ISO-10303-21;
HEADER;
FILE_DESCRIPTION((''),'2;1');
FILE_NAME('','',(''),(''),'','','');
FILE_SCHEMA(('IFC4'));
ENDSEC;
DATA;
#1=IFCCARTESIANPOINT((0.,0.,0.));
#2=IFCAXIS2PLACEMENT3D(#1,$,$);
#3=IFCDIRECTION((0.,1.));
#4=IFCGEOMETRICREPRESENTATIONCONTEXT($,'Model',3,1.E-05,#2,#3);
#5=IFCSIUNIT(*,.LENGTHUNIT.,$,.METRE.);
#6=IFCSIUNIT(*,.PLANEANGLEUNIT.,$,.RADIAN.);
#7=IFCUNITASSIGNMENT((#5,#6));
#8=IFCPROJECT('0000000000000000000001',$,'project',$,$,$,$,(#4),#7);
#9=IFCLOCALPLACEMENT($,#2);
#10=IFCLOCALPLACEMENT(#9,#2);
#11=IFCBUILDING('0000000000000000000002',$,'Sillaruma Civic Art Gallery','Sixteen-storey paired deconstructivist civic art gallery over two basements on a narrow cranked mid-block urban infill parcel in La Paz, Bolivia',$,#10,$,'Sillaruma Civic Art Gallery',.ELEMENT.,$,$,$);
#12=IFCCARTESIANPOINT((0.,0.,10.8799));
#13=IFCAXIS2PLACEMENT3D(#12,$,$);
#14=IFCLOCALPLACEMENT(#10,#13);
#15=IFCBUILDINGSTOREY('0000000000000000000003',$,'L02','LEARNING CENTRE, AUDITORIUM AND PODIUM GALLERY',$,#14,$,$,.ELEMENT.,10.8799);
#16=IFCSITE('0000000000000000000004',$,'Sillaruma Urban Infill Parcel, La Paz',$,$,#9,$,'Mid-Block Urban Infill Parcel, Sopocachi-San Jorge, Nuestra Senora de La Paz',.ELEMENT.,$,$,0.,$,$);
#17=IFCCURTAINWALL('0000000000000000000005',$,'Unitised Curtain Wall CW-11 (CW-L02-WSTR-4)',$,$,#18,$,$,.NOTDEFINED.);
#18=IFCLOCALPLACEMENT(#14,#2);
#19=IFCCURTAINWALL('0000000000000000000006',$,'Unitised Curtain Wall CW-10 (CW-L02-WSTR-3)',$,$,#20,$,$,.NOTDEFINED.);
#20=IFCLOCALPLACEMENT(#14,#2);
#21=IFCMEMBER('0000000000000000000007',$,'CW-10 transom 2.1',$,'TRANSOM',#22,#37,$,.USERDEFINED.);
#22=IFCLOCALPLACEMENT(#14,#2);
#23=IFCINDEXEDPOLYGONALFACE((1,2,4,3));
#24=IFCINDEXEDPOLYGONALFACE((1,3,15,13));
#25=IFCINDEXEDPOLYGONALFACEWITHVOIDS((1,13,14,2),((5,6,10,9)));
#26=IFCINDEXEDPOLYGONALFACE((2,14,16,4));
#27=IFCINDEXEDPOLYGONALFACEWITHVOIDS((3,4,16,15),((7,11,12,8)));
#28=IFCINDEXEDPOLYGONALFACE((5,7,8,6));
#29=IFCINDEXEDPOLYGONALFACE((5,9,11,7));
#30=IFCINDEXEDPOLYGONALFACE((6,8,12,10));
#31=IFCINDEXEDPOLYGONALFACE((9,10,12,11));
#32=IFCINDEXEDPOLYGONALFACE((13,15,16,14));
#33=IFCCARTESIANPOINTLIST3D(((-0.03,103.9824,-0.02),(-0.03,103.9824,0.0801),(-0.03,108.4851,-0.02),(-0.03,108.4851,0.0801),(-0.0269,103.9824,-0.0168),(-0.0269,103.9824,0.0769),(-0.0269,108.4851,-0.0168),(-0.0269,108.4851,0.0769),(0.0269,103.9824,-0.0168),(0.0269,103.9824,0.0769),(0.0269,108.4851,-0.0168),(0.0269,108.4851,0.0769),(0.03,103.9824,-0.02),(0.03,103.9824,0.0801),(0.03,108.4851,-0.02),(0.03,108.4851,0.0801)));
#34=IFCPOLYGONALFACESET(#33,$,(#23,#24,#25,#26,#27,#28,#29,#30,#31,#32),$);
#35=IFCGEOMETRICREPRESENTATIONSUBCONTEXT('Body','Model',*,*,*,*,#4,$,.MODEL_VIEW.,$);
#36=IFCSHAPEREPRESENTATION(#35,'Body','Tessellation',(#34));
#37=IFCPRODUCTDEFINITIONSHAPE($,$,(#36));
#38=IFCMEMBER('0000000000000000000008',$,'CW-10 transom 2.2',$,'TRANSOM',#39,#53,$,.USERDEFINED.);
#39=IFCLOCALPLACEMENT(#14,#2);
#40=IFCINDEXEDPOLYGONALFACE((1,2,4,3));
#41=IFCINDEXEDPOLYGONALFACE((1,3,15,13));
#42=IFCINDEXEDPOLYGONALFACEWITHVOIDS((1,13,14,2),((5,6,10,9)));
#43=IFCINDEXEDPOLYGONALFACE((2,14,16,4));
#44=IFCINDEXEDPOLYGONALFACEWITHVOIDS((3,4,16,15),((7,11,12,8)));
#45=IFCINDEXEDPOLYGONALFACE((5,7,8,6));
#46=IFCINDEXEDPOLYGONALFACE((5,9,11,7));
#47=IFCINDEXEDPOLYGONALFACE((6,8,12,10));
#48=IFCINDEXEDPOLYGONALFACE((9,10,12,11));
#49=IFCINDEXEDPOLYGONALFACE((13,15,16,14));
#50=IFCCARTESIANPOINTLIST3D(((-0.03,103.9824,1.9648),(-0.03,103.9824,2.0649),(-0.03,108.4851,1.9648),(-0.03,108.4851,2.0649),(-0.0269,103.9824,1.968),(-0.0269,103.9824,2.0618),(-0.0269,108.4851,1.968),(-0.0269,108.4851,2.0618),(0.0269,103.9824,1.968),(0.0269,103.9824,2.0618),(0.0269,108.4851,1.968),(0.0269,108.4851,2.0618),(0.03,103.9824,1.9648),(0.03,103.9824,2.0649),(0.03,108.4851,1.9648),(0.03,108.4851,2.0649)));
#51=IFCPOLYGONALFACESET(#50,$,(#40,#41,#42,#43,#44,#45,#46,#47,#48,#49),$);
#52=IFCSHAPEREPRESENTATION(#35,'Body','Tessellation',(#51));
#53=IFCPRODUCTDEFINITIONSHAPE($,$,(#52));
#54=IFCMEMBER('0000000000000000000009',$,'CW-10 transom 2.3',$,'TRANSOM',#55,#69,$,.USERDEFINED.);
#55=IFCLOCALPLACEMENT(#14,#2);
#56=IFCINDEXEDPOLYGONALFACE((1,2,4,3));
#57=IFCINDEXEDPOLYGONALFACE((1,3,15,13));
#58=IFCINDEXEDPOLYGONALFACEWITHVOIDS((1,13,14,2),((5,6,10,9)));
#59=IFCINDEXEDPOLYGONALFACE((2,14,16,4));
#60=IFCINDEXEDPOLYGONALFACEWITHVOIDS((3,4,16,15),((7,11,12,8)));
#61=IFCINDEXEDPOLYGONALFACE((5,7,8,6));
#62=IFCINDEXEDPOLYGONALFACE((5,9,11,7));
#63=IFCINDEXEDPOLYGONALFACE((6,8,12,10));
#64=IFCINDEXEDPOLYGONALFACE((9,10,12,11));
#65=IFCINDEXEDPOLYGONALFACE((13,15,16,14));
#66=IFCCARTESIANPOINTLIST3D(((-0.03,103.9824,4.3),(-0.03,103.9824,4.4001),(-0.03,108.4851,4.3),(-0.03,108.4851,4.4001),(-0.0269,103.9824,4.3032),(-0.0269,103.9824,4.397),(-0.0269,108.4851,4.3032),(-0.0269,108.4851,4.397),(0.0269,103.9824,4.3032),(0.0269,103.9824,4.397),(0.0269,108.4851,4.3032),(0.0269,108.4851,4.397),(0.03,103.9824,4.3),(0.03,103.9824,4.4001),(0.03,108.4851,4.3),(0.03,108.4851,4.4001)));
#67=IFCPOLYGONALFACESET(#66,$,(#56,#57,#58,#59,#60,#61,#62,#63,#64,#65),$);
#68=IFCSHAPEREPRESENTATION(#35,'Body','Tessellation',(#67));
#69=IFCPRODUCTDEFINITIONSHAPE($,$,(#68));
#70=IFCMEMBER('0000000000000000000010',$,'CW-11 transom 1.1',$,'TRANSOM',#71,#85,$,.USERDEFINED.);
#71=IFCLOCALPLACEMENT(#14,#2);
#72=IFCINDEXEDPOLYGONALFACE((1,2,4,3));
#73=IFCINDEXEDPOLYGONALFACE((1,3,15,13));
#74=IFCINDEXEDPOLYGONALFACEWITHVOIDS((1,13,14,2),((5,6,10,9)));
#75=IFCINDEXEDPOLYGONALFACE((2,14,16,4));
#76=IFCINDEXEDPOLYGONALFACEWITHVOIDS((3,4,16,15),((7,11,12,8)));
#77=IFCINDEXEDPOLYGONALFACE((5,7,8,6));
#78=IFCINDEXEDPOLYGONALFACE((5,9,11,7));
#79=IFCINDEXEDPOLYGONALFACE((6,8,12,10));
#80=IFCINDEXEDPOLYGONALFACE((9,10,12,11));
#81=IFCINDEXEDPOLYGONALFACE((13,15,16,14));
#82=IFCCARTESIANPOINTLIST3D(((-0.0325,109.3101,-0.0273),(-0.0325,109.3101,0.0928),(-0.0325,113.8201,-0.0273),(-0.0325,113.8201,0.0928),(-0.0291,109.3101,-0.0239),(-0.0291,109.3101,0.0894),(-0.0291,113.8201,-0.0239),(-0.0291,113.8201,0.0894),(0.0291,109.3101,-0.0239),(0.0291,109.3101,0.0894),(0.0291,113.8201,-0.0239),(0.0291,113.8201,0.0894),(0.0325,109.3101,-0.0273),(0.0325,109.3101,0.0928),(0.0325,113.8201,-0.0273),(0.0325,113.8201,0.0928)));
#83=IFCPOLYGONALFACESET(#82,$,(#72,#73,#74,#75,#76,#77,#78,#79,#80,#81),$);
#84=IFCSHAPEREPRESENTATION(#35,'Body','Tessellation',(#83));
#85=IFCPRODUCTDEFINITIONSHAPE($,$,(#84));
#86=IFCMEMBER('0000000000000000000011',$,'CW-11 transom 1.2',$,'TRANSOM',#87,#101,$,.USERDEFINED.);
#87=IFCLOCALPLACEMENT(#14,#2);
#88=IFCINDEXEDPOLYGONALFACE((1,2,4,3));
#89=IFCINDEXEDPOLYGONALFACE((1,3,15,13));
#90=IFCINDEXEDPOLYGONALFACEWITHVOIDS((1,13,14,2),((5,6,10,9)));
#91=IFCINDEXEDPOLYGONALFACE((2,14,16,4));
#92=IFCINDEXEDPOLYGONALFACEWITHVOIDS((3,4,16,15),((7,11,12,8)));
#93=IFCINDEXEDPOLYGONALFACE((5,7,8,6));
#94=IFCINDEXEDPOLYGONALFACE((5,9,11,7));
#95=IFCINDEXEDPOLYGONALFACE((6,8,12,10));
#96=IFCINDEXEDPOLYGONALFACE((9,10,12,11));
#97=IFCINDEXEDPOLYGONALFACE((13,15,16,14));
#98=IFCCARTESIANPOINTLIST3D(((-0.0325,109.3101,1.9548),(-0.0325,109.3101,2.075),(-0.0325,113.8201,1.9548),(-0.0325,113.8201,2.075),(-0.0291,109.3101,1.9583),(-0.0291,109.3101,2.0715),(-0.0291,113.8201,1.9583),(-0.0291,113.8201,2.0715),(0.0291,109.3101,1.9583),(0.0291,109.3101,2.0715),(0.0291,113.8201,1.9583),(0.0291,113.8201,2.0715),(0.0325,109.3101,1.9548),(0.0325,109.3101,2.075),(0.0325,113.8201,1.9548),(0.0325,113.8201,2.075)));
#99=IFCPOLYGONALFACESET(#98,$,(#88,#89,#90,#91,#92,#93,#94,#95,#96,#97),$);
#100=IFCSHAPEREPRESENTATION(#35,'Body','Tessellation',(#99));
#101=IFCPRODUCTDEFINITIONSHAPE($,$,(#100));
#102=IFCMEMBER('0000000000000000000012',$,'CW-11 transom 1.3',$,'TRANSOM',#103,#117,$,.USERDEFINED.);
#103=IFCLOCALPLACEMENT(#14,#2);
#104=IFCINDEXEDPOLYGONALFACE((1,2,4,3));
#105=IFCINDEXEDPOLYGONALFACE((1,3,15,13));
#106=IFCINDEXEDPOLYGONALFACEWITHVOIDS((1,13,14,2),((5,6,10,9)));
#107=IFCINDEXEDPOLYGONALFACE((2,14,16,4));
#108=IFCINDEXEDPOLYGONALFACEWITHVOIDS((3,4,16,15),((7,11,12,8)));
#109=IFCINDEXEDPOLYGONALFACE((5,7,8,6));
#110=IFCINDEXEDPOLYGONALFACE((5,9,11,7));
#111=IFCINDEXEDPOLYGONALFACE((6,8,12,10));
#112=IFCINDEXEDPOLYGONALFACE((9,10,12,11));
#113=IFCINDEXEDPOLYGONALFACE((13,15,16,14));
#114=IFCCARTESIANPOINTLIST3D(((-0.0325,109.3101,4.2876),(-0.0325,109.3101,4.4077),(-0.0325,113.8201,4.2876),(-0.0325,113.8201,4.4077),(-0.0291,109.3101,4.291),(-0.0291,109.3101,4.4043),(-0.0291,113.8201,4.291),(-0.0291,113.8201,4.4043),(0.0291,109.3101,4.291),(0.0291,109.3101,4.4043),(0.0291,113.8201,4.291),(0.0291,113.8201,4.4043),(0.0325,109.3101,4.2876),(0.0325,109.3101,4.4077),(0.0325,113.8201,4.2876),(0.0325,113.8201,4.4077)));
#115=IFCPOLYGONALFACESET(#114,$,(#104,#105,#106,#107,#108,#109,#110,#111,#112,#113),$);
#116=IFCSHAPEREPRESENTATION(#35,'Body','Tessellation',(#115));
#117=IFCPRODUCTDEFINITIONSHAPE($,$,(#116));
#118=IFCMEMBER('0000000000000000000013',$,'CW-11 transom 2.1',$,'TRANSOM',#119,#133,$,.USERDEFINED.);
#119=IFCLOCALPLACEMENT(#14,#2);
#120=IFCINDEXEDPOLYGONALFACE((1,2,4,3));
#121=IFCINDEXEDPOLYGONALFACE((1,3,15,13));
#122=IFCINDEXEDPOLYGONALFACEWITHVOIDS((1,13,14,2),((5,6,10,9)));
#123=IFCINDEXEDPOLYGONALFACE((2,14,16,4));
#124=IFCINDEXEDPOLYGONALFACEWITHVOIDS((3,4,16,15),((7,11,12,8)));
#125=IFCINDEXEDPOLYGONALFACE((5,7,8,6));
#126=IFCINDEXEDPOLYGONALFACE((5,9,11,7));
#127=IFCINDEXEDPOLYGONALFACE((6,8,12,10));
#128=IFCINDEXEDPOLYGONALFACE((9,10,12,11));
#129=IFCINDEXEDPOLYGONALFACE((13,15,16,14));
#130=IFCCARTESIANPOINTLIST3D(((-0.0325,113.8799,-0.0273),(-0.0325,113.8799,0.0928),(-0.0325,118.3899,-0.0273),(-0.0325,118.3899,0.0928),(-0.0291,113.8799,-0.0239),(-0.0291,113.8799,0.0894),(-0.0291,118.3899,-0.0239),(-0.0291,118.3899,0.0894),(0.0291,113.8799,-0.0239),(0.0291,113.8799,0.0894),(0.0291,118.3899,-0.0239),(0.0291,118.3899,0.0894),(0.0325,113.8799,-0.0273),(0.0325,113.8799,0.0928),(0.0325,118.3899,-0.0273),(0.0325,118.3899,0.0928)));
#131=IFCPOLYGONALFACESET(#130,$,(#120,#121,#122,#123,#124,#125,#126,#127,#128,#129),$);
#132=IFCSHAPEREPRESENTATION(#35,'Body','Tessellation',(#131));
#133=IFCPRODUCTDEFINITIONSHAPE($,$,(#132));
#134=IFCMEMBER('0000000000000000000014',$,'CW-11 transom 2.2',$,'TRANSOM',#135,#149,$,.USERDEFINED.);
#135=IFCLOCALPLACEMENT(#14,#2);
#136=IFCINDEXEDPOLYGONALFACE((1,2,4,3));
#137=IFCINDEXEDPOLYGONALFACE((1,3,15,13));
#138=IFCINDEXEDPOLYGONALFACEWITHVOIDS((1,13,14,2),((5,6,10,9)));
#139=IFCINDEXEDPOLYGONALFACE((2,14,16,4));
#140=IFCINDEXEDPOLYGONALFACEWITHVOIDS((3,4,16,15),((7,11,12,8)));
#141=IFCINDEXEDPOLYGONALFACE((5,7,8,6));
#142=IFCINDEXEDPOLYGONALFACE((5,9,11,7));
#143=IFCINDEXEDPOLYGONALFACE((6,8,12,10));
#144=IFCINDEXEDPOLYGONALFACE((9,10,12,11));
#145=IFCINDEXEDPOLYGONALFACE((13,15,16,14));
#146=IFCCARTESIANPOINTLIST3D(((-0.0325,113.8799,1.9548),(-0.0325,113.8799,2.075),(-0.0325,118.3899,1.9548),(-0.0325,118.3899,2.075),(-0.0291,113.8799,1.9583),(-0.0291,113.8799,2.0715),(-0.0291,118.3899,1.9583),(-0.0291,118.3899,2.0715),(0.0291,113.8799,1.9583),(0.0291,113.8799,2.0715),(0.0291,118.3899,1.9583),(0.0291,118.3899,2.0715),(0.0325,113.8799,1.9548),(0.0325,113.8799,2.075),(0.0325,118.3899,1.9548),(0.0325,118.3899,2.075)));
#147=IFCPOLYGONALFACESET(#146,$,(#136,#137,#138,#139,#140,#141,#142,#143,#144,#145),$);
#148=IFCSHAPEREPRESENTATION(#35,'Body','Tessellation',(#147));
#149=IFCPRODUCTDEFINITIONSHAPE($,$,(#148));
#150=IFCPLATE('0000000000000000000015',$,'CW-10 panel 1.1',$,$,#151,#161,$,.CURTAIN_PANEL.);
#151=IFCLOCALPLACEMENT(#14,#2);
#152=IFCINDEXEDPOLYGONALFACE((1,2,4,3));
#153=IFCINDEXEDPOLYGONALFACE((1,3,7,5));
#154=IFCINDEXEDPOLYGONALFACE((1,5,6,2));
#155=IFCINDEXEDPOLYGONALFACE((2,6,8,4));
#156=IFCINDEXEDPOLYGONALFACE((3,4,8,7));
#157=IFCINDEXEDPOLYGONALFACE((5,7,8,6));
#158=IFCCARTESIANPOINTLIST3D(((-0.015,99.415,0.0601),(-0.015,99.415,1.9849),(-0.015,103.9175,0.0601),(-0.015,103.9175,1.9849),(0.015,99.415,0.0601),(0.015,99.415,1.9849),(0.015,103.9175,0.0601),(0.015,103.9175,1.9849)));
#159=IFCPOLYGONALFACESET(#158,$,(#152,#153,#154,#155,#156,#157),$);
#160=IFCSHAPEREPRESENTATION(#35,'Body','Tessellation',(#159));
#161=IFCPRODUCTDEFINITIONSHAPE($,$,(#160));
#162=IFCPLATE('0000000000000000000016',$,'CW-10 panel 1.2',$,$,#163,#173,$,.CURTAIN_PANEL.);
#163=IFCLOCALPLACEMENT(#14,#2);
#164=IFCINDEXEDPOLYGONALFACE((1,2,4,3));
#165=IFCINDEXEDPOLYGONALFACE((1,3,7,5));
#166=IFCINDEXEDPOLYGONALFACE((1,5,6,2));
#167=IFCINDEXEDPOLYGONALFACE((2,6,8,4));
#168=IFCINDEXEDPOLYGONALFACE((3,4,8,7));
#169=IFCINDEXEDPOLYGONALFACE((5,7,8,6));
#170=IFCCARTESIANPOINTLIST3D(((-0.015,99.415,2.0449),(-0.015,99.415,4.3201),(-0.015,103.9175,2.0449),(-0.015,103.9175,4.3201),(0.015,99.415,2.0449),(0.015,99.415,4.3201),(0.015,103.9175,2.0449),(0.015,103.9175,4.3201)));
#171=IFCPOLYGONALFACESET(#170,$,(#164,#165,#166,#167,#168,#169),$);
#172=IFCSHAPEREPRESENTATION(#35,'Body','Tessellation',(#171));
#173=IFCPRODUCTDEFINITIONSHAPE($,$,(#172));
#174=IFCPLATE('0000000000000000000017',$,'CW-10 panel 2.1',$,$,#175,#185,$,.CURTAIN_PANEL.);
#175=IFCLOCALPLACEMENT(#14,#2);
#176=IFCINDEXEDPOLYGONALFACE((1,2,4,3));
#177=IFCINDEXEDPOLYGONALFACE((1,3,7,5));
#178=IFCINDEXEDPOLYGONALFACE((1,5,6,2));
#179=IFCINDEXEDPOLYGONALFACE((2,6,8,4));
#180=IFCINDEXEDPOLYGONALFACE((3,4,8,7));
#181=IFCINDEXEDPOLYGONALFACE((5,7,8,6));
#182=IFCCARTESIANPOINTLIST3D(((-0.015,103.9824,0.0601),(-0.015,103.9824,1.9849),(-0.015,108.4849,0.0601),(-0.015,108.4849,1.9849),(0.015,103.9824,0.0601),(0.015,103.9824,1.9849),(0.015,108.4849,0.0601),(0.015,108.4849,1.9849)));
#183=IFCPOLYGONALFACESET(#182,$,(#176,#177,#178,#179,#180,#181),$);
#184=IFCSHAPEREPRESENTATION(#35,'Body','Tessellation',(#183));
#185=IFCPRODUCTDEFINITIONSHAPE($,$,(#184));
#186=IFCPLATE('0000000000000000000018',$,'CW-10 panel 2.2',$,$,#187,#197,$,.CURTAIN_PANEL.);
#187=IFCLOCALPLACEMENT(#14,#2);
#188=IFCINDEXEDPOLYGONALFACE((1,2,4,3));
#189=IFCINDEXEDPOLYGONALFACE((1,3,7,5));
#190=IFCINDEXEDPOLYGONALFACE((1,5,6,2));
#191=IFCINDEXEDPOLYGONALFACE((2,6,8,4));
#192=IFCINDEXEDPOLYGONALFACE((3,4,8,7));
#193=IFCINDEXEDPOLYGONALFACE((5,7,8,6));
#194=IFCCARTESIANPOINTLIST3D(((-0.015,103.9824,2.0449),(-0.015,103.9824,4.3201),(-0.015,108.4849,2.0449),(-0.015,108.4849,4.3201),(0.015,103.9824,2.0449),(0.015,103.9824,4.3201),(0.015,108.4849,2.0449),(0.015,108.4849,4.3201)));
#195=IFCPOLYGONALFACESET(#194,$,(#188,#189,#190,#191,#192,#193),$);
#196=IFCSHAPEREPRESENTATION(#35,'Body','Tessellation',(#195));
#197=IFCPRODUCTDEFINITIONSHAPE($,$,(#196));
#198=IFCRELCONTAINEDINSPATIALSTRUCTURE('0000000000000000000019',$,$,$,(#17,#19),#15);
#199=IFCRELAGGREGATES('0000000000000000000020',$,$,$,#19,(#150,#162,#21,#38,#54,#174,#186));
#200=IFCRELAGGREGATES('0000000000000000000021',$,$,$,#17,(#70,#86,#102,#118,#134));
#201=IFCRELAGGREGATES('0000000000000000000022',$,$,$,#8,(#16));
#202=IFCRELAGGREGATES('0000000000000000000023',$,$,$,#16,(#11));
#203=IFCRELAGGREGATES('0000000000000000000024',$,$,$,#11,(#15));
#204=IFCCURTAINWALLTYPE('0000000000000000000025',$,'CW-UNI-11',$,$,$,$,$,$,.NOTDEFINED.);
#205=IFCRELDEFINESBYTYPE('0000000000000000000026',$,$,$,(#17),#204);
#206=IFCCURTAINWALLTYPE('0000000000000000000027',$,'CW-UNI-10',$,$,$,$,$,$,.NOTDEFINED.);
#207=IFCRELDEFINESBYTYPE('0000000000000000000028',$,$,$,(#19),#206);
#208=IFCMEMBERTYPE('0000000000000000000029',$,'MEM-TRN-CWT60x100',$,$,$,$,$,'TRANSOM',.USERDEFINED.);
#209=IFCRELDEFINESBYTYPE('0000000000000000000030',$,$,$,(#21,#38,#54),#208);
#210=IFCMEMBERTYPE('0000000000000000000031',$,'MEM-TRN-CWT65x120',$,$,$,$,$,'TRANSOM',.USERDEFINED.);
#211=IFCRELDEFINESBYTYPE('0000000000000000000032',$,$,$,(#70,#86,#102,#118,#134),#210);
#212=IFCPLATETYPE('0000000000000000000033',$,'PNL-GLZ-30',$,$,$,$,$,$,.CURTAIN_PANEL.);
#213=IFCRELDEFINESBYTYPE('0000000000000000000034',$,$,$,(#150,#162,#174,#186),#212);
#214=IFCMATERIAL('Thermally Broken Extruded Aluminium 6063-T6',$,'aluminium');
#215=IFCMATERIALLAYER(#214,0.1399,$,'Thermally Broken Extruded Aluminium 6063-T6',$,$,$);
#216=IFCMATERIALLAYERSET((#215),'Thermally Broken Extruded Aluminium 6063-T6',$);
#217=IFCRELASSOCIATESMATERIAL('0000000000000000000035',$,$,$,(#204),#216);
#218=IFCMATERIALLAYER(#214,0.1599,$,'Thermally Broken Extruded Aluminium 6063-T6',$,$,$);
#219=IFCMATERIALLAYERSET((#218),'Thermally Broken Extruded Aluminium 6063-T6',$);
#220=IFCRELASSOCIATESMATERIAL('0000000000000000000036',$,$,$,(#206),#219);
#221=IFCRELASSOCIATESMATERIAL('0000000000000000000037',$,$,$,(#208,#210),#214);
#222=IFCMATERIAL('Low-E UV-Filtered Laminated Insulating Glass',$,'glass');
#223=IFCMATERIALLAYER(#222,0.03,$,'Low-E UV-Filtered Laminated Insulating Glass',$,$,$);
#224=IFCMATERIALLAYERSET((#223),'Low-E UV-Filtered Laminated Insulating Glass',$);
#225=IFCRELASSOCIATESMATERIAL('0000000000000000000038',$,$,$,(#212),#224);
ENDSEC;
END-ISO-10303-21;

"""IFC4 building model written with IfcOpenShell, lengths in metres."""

from ifc_helpers import new_model, si_unit, direction, frame, origin, origin_2d, place, context, subcontext, project, spatial, rectangle, hollow_rectangle, extrude, material, layer, layer_set, material_profile, profile_set, type_object, element, aggregate, save


model = new_model("IFC4")

# Units and contexts
model_context = context("Model", 3, precision=1e-05, world=origin(), true_north=direction((0.0, 1.0)))
body_context = subcontext(model_context, "Body", "Model", "MODEL_VIEW")
ifc_project = project(units=[si_unit("LENGTHUNIT", "METRE"), si_unit("PLANEANGLEUNIT", "RADIAN")], contexts=[model_context])

# Site, building, storey
site_placement = place(None, origin())
site = spatial("IfcSite", under=ifc_project, at=site_placement, Name="Sillaruma Urban Infill Parcel, La Paz", LongName="Mid-Block Urban Infill Parcel, Sopocachi-San Jorge, Nuestra Senora de La Paz", CompositionType="ELEMENT", RefElevation=0.0)
building_placement = place(site_placement, origin())
building = spatial("IfcBuilding", under=site, at=building_placement, Name="Sillaruma Civic Art Gallery", Description="Sixteen-storey paired deconstructivist civic art gallery over two basements on a narrow cranked mid-block urban infill parcel in La Paz, Bolivia", LongName="Sillaruma Civic Art Gallery", CompositionType="ELEMENT")
storey_placement = place(building_placement, frame((0.0, 0.0, 10.8799)))
storey = spatial("IfcBuildingStorey", under=building, at=storey_placement, Name="L02", Description="LEARNING CENTRE, AUDITORIUM AND PODIUM GALLERY", CompositionType="ELEMENT", Elevation=10.8799)

# Curtain walls, members
ifc_material_1 = material(Name="Thermally Broken Extruded Aluminium 6063-T6", Category="aluminium")
ifc_layer_1 = layer(ifc_material_1, 0.1399, Name="Thermally Broken Extruded Aluminium 6063-T6")
ifc_layer_set_1 = layer_set([ifc_layer_1], Name="Thermally Broken Extruded Aluminium 6063-T6")
curtain_wall_type_1 = type_object("IfcCurtainWallType", Name="CW-UNI-11", PredefinedType="NOTDEFINED", material=ifc_layer_set_1)
curtain_wall_1_placement = place(storey_placement, origin())
curtain_wall_1 = element("IfcCurtainWall", 1, at=curtain_wall_1_placement, inside=storey, type_object=curtain_wall_type_1, Name="Unitised Curtain Wall CW-11 (CW-L02-WSTR-4)", PredefinedType="NOTDEFINED")
ifc_layer_2 = layer(ifc_material_1, 0.1599, Name="Thermally Broken Extruded Aluminium 6063-T6")
ifc_layer_set_2 = layer_set([ifc_layer_2], Name="Thermally Broken Extruded Aluminium 6063-T6")
curtain_wall_type_2 = type_object("IfcCurtainWallType", Name="CW-UNI-10", PredefinedType="NOTDEFINED", material=ifc_layer_set_2)
curtain_wall_2_placement = place(storey_placement, origin())
curtain_wall_2 = element("IfcCurtainWall", 2, at=curtain_wall_2_placement, inside=storey, type_object=curtain_wall_type_2, Name="Unitised Curtain Wall CW-10 (CW-L02-WSTR-3)", PredefinedType="NOTDEFINED")
ifc_material_profile_1 = material_profile(ifc_material_1, hollow_rectangle(XDim=0.0601, YDim=0.1001, WallThickness=0.0032, at=origin_2d()), Name="CWT60x100")
ifc_profile_set_1 = profile_set([ifc_material_profile_1], Name="Thermally Broken Extruded Aluminium 6063-T6")
member_type_1 = type_object("IfcMemberType", Name="MEM-TRN-CWT60x100", ElementType="TRANSOM", PredefinedType="USERDEFINED", material=ifc_profile_set_1)
member_1_placement = place(storey_placement, frame((0.0, 103.9824, 0.03), z_axis=(0.0, 1.0, 0.0), x_axis=(-1.0, 0.0, 0.0)))
member_1 = element("IfcMember", 3, at=member_1_placement, type_object=member_type_1, Name="CW-10 transom 2.1", ObjectType="TRANSOM", PredefinedType="USERDEFINED", context=body_context, shape_type="SweptSolid", body=[
    extrude(hollow_rectangle(XDim=0.0601, YDim=0.1001, WallThickness=0.0032, at=origin_2d()), origin(), (0.0, 0.0, 1.0), 4.5027),
])
member_2_placement = place(storey_placement, frame((0.0, 103.9824, 2.0149), z_axis=(0.0, 1.0, 0.0), x_axis=(-1.0, 0.0, 0.0)))
member_2 = element("IfcMember", 4, at=member_2_placement, type_object=member_type_1, Name="CW-10 transom 2.2", ObjectType="TRANSOM", PredefinedType="USERDEFINED", context=body_context, shape_type="SweptSolid", body=[
    extrude(hollow_rectangle(XDim=0.0601, YDim=0.1001, WallThickness=0.0032, at=origin_2d()), origin(), (0.0, 0.0, 1.0), 4.5027),
])
member_3_placement = place(storey_placement, frame((0.0, 103.9824, 4.3501), z_axis=(0.0, 1.0, 0.0), x_axis=(-1.0, 0.0, 0.0)))
member_3 = element("IfcMember", 5, at=member_3_placement, type_object=member_type_1, Name="CW-10 transom 2.3", ObjectType="TRANSOM", PredefinedType="USERDEFINED", context=body_context, shape_type="SweptSolid", body=[
    extrude(hollow_rectangle(XDim=0.0601, YDim=0.1001, WallThickness=0.0032, at=origin_2d()), origin(), (0.0, 0.0, 1.0), 4.5027),
])

# Members
ifc_material_profile_2 = material_profile(ifc_material_1, hollow_rectangle(XDim=0.0649, YDim=0.1201, WallThickness=0.0034, at=origin_2d()), Name="CWT65x120")
ifc_profile_set_2 = profile_set([ifc_material_profile_2], Name="Thermally Broken Extruded Aluminium 6063-T6")
member_type_2 = type_object("IfcMemberType", Name="MEM-TRN-CWT65x120", ElementType="TRANSOM", PredefinedType="USERDEFINED", material=ifc_profile_set_2)
member_4_placement = place(storey_placement, frame((0.0, 109.3101, 0.0327), z_axis=(0.0, 1.0, 0.0), x_axis=(-1.0, 0.0, 0.0)))
member_4 = element("IfcMember", 6, at=member_4_placement, type_object=member_type_2, Name="CW-11 transom 1.1", ObjectType="TRANSOM", PredefinedType="USERDEFINED", context=body_context, shape_type="SweptSolid", body=[
    extrude(hollow_rectangle(XDim=0.0649, YDim=0.1201, WallThickness=0.0034, at=origin_2d()), origin(), (0.0, 0.0, 1.0), 4.51),
])
member_5_placement = place(storey_placement, frame((0.0, 109.3101, 2.0149), z_axis=(0.0, 1.0, 0.0), x_axis=(-1.0, 0.0, 0.0)))
member_5 = element("IfcMember", 7, at=member_5_placement, type_object=member_type_2, Name="CW-11 transom 1.2", ObjectType="TRANSOM", PredefinedType="USERDEFINED", context=body_context, shape_type="SweptSolid", body=[
    extrude(hollow_rectangle(XDim=0.0649, YDim=0.1201, WallThickness=0.0034, at=origin_2d()), origin(), (0.0, 0.0, 1.0), 4.51),
])
member_6_placement = place(storey_placement, frame((0.0, 109.3101, 4.3477), z_axis=(0.0, 1.0, 0.0), x_axis=(-1.0, 0.0, 0.0)))
member_6 = element("IfcMember", 8, at=member_6_placement, type_object=member_type_2, Name="CW-11 transom 1.3", ObjectType="TRANSOM", PredefinedType="USERDEFINED", context=body_context, shape_type="SweptSolid", body=[
    extrude(hollow_rectangle(XDim=0.0649, YDim=0.1201, WallThickness=0.0034, at=origin_2d()), origin(), (0.0, 0.0, 1.0), 4.51),
])
member_7_placement = place(storey_placement, frame((0.0, 113.8799, 0.0327), z_axis=(0.0, 1.0, 0.0), x_axis=(-1.0, 0.0, 0.0)))
member_7 = element("IfcMember", 9, at=member_7_placement, type_object=member_type_2, Name="CW-11 transom 2.1", ObjectType="TRANSOM", PredefinedType="USERDEFINED", context=body_context, shape_type="SweptSolid", body=[
    extrude(hollow_rectangle(XDim=0.0649, YDim=0.1201, WallThickness=0.0034, at=origin_2d()), origin(), (0.0, 0.0, 1.0), 4.51),
])
member_8_placement = place(storey_placement, frame((0.0, 113.8799, 2.0149), z_axis=(0.0, 1.0, 0.0), x_axis=(-1.0, 0.0, 0.0)))
member_8 = element("IfcMember", 10, at=member_8_placement, type_object=member_type_2, Name="CW-11 transom 2.2", ObjectType="TRANSOM", PredefinedType="USERDEFINED", context=body_context, shape_type="SweptSolid", body=[
    extrude(hollow_rectangle(XDim=0.0649, YDim=0.1201, WallThickness=0.0034, at=origin_2d()), origin(), (0.0, 0.0, 1.0), 4.51),
])

# Plates
ifc_material_2 = material(Name="Low-E UV-Filtered Laminated Insulating Glass", Category="glass")
ifc_layer_3 = layer(ifc_material_2, 0.03, Name="Low-E UV-Filtered Laminated Insulating Glass")
ifc_layer_set_3 = layer_set([ifc_layer_3], Name="Low-E UV-Filtered Laminated Insulating Glass")
plate_type_1 = type_object("IfcPlateType", Name="PNL-GLZ-30", PredefinedType="CURTAIN_PANEL", material=ifc_layer_set_3)
plate_1_placement = place(storey_placement, frame((0.0, 101.6663, 0.0601), z_axis=(0.0, 0.0, 1.0), x_axis=(0.0, 1.0, 0.0)))
plate_1 = element("IfcPlate", 11, at=plate_1_placement, type_object=plate_type_1, Name="CW-10 panel 1.1", PredefinedType="CURTAIN_PANEL", context=body_context, shape_type="SweptSolid", body=[
    extrude(rectangle(XDim=4.5024, YDim=0.03, at=origin_2d()), origin(), (0.0, 0.0, 1.0), 1.9248),
])
plate_2_placement = place(storey_placement, frame((0.0, 101.6663, 2.0449), z_axis=(0.0, 0.0, 1.0), x_axis=(0.0, 1.0, 0.0)))
plate_2 = element("IfcPlate", 12, at=plate_2_placement, type_object=plate_type_1, Name="CW-10 panel 1.2", PredefinedType="CURTAIN_PANEL", context=body_context, shape_type="SweptSolid", body=[
    extrude(rectangle(XDim=4.5024, YDim=0.03, at=origin_2d()), origin(), (0.0, 0.0, 1.0), 2.2751),
])
plate_3_placement = place(storey_placement, frame((0.0, 106.2336, 0.0601), z_axis=(0.0, 0.0, 1.0), x_axis=(0.0, 1.0, 0.0)))
plate_3 = element("IfcPlate", 13, at=plate_3_placement, type_object=plate_type_1, Name="CW-10 panel 2.1", PredefinedType="CURTAIN_PANEL", context=body_context, shape_type="SweptSolid", body=[
    extrude(rectangle(XDim=4.5024, YDim=0.03, at=origin_2d()), origin(), (0.0, 0.0, 1.0), 1.9248),
])
plate_4_placement = place(storey_placement, frame((0.0, 106.2336, 2.0449), z_axis=(0.0, 0.0, 1.0), x_axis=(0.0, 1.0, 0.0)))
plate_4 = element("IfcPlate", 14, at=plate_4_placement, type_object=plate_type_1, Name="CW-10 panel 2.2", PredefinedType="CURTAIN_PANEL", context=body_context, shape_type="SweptSolid", body=[
    extrude(rectangle(XDim=4.5024, YDim=0.03, at=origin_2d()), origin(), (0.0, 0.0, 1.0), 2.2751),
])
aggregate(curtain_wall_2, [plate_1, plate_2, member_1, member_2, member_3, plate_3, plate_4])
aggregate(curtain_wall_1, [member_4, member_5, member_6, member_7, member_8])

save(model, "model.ifc")
